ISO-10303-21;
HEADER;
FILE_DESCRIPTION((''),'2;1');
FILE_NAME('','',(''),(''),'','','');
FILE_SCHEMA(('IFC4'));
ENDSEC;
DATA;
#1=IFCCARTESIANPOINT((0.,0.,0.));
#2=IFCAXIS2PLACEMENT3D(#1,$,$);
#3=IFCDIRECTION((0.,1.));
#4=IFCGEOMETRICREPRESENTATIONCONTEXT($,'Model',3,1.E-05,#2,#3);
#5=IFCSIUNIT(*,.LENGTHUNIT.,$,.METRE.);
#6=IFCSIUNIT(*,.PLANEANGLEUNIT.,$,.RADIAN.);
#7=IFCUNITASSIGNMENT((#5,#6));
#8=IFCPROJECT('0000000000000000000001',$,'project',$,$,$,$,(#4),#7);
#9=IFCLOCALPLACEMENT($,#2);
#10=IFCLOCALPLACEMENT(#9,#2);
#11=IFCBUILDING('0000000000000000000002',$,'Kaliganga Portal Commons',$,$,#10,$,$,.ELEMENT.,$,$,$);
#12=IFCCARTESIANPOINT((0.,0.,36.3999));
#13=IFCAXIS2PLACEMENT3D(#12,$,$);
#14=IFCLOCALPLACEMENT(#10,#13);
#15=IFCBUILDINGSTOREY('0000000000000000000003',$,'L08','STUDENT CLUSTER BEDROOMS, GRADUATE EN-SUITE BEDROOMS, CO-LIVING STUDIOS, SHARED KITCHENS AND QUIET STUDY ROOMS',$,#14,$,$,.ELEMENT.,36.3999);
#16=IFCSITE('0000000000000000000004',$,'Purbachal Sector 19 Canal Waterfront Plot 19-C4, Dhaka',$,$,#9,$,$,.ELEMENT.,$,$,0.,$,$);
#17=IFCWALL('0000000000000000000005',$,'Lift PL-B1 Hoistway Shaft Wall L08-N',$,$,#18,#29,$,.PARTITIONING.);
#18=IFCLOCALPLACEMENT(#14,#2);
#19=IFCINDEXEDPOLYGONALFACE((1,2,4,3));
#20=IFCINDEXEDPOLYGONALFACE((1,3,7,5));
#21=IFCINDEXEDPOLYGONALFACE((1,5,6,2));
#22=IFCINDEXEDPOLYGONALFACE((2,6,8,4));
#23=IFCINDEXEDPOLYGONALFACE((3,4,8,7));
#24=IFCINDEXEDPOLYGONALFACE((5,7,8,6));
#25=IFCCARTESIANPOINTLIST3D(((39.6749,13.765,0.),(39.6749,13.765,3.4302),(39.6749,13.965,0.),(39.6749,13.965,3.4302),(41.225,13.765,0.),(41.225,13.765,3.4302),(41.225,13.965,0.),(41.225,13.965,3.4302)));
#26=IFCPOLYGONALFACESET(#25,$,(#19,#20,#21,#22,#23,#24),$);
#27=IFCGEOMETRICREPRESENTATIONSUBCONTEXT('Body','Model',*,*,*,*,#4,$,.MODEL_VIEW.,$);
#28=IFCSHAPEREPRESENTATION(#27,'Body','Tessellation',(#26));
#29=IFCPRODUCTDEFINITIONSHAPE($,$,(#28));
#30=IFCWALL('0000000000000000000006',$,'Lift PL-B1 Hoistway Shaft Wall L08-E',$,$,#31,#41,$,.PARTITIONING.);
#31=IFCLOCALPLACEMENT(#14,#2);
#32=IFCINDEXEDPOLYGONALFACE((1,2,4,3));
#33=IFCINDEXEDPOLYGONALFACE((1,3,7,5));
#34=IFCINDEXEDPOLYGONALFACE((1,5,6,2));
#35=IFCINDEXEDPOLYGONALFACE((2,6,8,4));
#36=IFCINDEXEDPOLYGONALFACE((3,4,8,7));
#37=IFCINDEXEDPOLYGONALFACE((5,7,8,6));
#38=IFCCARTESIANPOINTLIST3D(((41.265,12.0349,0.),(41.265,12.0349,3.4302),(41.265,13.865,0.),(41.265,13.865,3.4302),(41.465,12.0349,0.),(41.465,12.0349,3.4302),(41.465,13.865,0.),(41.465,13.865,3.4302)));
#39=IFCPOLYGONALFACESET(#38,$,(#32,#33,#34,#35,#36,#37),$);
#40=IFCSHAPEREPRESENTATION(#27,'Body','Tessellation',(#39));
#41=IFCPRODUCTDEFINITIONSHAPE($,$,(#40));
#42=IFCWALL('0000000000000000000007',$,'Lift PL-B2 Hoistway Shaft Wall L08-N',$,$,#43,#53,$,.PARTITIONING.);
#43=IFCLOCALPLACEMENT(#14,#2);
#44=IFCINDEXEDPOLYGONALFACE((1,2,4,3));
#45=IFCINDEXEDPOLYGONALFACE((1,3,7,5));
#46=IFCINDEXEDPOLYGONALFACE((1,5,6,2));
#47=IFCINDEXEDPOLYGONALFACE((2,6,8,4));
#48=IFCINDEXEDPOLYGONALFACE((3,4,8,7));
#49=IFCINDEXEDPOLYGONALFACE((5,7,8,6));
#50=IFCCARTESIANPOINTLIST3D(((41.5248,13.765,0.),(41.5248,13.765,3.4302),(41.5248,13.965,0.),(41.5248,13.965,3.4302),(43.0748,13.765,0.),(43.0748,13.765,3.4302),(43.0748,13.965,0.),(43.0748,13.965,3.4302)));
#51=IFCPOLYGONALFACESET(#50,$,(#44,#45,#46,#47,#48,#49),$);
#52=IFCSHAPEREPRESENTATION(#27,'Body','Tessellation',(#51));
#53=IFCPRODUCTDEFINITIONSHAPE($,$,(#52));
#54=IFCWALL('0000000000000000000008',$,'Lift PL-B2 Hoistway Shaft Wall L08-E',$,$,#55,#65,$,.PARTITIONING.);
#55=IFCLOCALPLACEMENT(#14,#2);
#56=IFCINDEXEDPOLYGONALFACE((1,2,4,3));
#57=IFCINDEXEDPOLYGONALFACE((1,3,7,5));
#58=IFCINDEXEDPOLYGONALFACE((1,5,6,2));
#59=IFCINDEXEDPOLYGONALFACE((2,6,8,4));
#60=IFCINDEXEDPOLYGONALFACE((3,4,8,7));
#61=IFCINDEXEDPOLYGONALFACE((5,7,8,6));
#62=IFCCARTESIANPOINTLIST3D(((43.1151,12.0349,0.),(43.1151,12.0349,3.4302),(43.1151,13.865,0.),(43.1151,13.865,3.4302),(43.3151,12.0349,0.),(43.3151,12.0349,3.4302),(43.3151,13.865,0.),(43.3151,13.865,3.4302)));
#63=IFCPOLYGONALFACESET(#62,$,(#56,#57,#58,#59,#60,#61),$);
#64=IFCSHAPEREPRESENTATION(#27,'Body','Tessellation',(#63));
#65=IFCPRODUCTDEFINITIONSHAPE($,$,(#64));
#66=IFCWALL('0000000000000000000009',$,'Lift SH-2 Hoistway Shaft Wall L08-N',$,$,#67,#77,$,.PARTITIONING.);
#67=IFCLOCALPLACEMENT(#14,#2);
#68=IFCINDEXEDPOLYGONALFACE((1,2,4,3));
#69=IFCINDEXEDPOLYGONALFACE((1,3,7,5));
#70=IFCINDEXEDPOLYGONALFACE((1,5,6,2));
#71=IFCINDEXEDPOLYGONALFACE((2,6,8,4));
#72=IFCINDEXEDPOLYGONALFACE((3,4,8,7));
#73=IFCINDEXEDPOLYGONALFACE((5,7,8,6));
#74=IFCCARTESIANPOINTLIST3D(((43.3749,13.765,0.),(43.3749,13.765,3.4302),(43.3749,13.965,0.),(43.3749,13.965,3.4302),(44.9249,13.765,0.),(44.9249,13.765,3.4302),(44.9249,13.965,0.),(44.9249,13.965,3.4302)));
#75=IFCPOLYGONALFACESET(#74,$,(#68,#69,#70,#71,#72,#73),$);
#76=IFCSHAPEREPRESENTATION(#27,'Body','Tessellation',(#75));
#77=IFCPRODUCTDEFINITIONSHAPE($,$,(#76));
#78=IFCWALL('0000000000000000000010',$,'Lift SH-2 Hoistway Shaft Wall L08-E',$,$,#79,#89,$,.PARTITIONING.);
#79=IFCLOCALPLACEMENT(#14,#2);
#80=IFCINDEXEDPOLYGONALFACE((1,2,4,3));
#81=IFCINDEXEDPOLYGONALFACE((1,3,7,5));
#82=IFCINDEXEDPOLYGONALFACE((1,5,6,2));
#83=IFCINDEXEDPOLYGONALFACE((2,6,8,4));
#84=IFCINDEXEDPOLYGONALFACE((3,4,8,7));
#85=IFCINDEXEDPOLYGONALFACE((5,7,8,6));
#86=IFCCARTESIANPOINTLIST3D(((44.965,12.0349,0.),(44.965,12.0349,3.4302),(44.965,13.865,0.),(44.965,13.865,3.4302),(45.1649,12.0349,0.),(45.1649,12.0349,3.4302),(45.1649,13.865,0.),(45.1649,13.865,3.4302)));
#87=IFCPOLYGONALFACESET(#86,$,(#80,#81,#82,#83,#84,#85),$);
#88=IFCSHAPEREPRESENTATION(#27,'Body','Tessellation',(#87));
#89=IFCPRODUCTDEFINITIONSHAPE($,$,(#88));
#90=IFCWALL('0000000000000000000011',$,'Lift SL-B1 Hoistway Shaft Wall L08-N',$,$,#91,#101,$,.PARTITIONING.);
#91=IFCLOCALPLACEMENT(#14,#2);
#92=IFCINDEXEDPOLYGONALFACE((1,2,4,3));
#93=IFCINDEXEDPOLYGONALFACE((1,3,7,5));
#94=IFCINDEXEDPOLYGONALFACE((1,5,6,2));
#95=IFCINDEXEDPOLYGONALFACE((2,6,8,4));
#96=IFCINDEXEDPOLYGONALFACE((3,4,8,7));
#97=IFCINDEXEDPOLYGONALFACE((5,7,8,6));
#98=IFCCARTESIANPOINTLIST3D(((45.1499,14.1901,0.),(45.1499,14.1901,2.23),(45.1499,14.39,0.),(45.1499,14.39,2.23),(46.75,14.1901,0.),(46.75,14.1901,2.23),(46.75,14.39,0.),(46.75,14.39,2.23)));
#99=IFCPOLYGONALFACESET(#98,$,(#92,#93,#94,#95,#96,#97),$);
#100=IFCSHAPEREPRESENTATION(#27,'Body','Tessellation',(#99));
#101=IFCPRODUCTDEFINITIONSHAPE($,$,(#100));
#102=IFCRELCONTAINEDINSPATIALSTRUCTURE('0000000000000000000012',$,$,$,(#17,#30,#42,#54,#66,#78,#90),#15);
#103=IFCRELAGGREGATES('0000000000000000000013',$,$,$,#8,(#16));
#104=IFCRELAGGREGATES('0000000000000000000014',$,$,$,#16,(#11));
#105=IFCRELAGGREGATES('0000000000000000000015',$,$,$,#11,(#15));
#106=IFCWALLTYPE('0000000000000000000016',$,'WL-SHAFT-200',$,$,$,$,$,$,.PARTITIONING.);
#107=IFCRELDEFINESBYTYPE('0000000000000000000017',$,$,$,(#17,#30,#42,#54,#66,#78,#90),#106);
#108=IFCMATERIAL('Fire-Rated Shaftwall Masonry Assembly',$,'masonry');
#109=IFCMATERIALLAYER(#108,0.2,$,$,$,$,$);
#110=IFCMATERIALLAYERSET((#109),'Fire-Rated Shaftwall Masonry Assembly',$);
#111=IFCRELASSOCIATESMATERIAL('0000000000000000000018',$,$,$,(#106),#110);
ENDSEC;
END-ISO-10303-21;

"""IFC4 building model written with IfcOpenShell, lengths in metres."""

from ifc_helpers import new_model, si_unit, direction, frame, frame_2d, origin, place, context, subcontext, project, spatial, rectangle, extrude, material, layer, layer_set, type_object, element, save


model = new_model("IFC4")

# Units and contexts
model_context = context("Model", 3, precision=1e-05, world=origin(), true_north=direction((0.0, 1.0)))
body_context = subcontext(model_context, "Body", "Model", "MODEL_VIEW")
ifc_project = project(units=[si_unit("LENGTHUNIT", "METRE"), si_unit("PLANEANGLEUNIT", "RADIAN")], contexts=[model_context])

# Site, building, storey
site_placement = place(None, origin())
site = spatial("IfcSite", under=ifc_project, at=site_placement, Name="Purbachal Sector 19 Canal Waterfront Plot 19-C4, Dhaka", CompositionType="ELEMENT", RefElevation=0.0)
building_placement = place(site_placement, origin())
building = spatial("IfcBuilding", under=site, at=building_placement, Name="Kaliganga Portal Commons", CompositionType="ELEMENT")
storey_placement = place(building_placement, frame((0.0, 0.0, 36.3999)))
storey = spatial("IfcBuildingStorey", under=building, at=storey_placement, Name="L08", Description="STUDENT CLUSTER BEDROOMS, GRADUATE EN-SUITE BEDROOMS, CO-LIVING STUDIOS, SHARED KITCHENS AND QUIET STUDY ROOMS", CompositionType="ELEMENT", Elevation=36.3999)

# Walls
ifc_material_1 = material(Name="Fire-Rated Shaftwall Masonry Assembly", Category="masonry")
ifc_layer_1 = layer(ifc_material_1, 0.2)
ifc_layer_set_1 = layer_set([ifc_layer_1], Name="Fire-Rated Shaftwall Masonry Assembly")
wall_type_1 = type_object("IfcWallType", Name="WL-SHAFT-200", PredefinedType="PARTITIONING", material=ifc_layer_set_1)
wall_1_placement = place(storey_placement, frame((39.675, 13.865, 0.0), z_axis=(0.0, 0.0, 1.0), x_axis=(1.0, 0.0, 0.0)))
element("IfcWall", 1, at=wall_1_placement, inside=storey, type_object=wall_type_1, Name="Lift PL-B1 Hoistway Shaft Wall L08-N", PredefinedType="PARTITIONING", context=body_context, shape_type="SweptSolid", body=[
    extrude(rectangle(XDim=1.55, YDim=0.2, at=frame_2d((0.7749, 0.0))), origin(), (0.0, 0.0, 1.0), 3.4302),
])
wall_2_placement = place(storey_placement, frame((41.365, 12.0349, 0.0), z_axis=(0.0, 0.0, 1.0), x_axis=(0.0, 1.0, 0.0)))
element("IfcWall", 2, at=wall_2_placement, inside=storey, type_object=wall_type_1, Name="Lift PL-B1 Hoistway Shaft Wall L08-E", PredefinedType="PARTITIONING", context=body_context, shape_type="SweptSolid", body=[
    extrude(rectangle(XDim=1.8301, YDim=0.2, at=frame_2d((0.915, 0.0))), origin(), (0.0, 0.0, 1.0), 3.4302),
])

# Walls
wall_3_placement = place(storey_placement, frame((41.5249, 13.865, 0.0), z_axis=(0.0, 0.0, 1.0), x_axis=(1.0, 0.0, 0.0)))
element("IfcWall", 3, at=wall_3_placement, inside=storey, type_object=wall_type_1, Name="Lift PL-B2 Hoistway Shaft Wall L08-N", PredefinedType="PARTITIONING", context=body_context, shape_type="SweptSolid", body=[
    extrude(rectangle(XDim=1.55, YDim=0.2, at=frame_2d((0.7749, 0.0))), origin(), (0.0, 0.0, 1.0), 3.4302),
])
wall_4_placement = place(storey_placement, frame((43.2151, 12.0349, 0.0), z_axis=(0.0, 0.0, 1.0), x_axis=(0.0, 1.0, 0.0)))
element("IfcWall", 4, at=wall_4_placement, inside=storey, type_object=wall_type_1, Name="Lift PL-B2 Hoistway Shaft Wall L08-E", PredefinedType="PARTITIONING", context=body_context, shape_type="SweptSolid", body=[
    extrude(rectangle(XDim=1.8301, YDim=0.2, at=frame_2d((0.915, 0.0))), origin(), (0.0, 0.0, 1.0), 3.4302),
])

# Walls
wall_5_placement = place(storey_placement, frame((43.375, 13.865, 0.0), z_axis=(0.0, 0.0, 1.0), x_axis=(1.0, 0.0, 0.0)))
element("IfcWall", 5, at=wall_5_placement, inside=storey, type_object=wall_type_1, Name="Lift SH-2 Hoistway Shaft Wall L08-N", PredefinedType="PARTITIONING", context=body_context, shape_type="SweptSolid", body=[
    extrude(rectangle(XDim=1.55, YDim=0.2, at=frame_2d((0.7749, 0.0))), origin(), (0.0, 0.0, 1.0), 3.4302),
])
wall_6_placement = place(storey_placement, frame((45.0649, 12.0349, 0.0), z_axis=(0.0, 0.0, 1.0), x_axis=(0.0, 1.0, 0.0)))
element("IfcWall", 6, at=wall_6_placement, inside=storey, type_object=wall_type_1, Name="Lift SH-2 Hoistway Shaft Wall L08-E", PredefinedType="PARTITIONING", context=body_context, shape_type="SweptSolid", body=[
    extrude(rectangle(XDim=1.8301, YDim=0.2, at=frame_2d((0.915, 0.0))), origin(), (0.0, 0.0, 1.0), 3.4302),
])
wall_7_placement = place(storey_placement, frame((45.1499, 14.29, 0.0), z_axis=(0.0, 0.0, 1.0), x_axis=(1.0, 0.0, 0.0)))
element("IfcWall", 7, at=wall_7_placement, inside=storey, type_object=wall_type_1, Name="Lift SL-B1 Hoistway Shaft Wall L08-N", PredefinedType="PARTITIONING", context=body_context, shape_type="SweptSolid", body=[
    extrude(rectangle(XDim=1.6001, YDim=0.2, at=frame_2d((0.8, 0.0))), origin(), (0.0, 0.0, 1.0), 2.23),
])

save(model, "model.ifc")
